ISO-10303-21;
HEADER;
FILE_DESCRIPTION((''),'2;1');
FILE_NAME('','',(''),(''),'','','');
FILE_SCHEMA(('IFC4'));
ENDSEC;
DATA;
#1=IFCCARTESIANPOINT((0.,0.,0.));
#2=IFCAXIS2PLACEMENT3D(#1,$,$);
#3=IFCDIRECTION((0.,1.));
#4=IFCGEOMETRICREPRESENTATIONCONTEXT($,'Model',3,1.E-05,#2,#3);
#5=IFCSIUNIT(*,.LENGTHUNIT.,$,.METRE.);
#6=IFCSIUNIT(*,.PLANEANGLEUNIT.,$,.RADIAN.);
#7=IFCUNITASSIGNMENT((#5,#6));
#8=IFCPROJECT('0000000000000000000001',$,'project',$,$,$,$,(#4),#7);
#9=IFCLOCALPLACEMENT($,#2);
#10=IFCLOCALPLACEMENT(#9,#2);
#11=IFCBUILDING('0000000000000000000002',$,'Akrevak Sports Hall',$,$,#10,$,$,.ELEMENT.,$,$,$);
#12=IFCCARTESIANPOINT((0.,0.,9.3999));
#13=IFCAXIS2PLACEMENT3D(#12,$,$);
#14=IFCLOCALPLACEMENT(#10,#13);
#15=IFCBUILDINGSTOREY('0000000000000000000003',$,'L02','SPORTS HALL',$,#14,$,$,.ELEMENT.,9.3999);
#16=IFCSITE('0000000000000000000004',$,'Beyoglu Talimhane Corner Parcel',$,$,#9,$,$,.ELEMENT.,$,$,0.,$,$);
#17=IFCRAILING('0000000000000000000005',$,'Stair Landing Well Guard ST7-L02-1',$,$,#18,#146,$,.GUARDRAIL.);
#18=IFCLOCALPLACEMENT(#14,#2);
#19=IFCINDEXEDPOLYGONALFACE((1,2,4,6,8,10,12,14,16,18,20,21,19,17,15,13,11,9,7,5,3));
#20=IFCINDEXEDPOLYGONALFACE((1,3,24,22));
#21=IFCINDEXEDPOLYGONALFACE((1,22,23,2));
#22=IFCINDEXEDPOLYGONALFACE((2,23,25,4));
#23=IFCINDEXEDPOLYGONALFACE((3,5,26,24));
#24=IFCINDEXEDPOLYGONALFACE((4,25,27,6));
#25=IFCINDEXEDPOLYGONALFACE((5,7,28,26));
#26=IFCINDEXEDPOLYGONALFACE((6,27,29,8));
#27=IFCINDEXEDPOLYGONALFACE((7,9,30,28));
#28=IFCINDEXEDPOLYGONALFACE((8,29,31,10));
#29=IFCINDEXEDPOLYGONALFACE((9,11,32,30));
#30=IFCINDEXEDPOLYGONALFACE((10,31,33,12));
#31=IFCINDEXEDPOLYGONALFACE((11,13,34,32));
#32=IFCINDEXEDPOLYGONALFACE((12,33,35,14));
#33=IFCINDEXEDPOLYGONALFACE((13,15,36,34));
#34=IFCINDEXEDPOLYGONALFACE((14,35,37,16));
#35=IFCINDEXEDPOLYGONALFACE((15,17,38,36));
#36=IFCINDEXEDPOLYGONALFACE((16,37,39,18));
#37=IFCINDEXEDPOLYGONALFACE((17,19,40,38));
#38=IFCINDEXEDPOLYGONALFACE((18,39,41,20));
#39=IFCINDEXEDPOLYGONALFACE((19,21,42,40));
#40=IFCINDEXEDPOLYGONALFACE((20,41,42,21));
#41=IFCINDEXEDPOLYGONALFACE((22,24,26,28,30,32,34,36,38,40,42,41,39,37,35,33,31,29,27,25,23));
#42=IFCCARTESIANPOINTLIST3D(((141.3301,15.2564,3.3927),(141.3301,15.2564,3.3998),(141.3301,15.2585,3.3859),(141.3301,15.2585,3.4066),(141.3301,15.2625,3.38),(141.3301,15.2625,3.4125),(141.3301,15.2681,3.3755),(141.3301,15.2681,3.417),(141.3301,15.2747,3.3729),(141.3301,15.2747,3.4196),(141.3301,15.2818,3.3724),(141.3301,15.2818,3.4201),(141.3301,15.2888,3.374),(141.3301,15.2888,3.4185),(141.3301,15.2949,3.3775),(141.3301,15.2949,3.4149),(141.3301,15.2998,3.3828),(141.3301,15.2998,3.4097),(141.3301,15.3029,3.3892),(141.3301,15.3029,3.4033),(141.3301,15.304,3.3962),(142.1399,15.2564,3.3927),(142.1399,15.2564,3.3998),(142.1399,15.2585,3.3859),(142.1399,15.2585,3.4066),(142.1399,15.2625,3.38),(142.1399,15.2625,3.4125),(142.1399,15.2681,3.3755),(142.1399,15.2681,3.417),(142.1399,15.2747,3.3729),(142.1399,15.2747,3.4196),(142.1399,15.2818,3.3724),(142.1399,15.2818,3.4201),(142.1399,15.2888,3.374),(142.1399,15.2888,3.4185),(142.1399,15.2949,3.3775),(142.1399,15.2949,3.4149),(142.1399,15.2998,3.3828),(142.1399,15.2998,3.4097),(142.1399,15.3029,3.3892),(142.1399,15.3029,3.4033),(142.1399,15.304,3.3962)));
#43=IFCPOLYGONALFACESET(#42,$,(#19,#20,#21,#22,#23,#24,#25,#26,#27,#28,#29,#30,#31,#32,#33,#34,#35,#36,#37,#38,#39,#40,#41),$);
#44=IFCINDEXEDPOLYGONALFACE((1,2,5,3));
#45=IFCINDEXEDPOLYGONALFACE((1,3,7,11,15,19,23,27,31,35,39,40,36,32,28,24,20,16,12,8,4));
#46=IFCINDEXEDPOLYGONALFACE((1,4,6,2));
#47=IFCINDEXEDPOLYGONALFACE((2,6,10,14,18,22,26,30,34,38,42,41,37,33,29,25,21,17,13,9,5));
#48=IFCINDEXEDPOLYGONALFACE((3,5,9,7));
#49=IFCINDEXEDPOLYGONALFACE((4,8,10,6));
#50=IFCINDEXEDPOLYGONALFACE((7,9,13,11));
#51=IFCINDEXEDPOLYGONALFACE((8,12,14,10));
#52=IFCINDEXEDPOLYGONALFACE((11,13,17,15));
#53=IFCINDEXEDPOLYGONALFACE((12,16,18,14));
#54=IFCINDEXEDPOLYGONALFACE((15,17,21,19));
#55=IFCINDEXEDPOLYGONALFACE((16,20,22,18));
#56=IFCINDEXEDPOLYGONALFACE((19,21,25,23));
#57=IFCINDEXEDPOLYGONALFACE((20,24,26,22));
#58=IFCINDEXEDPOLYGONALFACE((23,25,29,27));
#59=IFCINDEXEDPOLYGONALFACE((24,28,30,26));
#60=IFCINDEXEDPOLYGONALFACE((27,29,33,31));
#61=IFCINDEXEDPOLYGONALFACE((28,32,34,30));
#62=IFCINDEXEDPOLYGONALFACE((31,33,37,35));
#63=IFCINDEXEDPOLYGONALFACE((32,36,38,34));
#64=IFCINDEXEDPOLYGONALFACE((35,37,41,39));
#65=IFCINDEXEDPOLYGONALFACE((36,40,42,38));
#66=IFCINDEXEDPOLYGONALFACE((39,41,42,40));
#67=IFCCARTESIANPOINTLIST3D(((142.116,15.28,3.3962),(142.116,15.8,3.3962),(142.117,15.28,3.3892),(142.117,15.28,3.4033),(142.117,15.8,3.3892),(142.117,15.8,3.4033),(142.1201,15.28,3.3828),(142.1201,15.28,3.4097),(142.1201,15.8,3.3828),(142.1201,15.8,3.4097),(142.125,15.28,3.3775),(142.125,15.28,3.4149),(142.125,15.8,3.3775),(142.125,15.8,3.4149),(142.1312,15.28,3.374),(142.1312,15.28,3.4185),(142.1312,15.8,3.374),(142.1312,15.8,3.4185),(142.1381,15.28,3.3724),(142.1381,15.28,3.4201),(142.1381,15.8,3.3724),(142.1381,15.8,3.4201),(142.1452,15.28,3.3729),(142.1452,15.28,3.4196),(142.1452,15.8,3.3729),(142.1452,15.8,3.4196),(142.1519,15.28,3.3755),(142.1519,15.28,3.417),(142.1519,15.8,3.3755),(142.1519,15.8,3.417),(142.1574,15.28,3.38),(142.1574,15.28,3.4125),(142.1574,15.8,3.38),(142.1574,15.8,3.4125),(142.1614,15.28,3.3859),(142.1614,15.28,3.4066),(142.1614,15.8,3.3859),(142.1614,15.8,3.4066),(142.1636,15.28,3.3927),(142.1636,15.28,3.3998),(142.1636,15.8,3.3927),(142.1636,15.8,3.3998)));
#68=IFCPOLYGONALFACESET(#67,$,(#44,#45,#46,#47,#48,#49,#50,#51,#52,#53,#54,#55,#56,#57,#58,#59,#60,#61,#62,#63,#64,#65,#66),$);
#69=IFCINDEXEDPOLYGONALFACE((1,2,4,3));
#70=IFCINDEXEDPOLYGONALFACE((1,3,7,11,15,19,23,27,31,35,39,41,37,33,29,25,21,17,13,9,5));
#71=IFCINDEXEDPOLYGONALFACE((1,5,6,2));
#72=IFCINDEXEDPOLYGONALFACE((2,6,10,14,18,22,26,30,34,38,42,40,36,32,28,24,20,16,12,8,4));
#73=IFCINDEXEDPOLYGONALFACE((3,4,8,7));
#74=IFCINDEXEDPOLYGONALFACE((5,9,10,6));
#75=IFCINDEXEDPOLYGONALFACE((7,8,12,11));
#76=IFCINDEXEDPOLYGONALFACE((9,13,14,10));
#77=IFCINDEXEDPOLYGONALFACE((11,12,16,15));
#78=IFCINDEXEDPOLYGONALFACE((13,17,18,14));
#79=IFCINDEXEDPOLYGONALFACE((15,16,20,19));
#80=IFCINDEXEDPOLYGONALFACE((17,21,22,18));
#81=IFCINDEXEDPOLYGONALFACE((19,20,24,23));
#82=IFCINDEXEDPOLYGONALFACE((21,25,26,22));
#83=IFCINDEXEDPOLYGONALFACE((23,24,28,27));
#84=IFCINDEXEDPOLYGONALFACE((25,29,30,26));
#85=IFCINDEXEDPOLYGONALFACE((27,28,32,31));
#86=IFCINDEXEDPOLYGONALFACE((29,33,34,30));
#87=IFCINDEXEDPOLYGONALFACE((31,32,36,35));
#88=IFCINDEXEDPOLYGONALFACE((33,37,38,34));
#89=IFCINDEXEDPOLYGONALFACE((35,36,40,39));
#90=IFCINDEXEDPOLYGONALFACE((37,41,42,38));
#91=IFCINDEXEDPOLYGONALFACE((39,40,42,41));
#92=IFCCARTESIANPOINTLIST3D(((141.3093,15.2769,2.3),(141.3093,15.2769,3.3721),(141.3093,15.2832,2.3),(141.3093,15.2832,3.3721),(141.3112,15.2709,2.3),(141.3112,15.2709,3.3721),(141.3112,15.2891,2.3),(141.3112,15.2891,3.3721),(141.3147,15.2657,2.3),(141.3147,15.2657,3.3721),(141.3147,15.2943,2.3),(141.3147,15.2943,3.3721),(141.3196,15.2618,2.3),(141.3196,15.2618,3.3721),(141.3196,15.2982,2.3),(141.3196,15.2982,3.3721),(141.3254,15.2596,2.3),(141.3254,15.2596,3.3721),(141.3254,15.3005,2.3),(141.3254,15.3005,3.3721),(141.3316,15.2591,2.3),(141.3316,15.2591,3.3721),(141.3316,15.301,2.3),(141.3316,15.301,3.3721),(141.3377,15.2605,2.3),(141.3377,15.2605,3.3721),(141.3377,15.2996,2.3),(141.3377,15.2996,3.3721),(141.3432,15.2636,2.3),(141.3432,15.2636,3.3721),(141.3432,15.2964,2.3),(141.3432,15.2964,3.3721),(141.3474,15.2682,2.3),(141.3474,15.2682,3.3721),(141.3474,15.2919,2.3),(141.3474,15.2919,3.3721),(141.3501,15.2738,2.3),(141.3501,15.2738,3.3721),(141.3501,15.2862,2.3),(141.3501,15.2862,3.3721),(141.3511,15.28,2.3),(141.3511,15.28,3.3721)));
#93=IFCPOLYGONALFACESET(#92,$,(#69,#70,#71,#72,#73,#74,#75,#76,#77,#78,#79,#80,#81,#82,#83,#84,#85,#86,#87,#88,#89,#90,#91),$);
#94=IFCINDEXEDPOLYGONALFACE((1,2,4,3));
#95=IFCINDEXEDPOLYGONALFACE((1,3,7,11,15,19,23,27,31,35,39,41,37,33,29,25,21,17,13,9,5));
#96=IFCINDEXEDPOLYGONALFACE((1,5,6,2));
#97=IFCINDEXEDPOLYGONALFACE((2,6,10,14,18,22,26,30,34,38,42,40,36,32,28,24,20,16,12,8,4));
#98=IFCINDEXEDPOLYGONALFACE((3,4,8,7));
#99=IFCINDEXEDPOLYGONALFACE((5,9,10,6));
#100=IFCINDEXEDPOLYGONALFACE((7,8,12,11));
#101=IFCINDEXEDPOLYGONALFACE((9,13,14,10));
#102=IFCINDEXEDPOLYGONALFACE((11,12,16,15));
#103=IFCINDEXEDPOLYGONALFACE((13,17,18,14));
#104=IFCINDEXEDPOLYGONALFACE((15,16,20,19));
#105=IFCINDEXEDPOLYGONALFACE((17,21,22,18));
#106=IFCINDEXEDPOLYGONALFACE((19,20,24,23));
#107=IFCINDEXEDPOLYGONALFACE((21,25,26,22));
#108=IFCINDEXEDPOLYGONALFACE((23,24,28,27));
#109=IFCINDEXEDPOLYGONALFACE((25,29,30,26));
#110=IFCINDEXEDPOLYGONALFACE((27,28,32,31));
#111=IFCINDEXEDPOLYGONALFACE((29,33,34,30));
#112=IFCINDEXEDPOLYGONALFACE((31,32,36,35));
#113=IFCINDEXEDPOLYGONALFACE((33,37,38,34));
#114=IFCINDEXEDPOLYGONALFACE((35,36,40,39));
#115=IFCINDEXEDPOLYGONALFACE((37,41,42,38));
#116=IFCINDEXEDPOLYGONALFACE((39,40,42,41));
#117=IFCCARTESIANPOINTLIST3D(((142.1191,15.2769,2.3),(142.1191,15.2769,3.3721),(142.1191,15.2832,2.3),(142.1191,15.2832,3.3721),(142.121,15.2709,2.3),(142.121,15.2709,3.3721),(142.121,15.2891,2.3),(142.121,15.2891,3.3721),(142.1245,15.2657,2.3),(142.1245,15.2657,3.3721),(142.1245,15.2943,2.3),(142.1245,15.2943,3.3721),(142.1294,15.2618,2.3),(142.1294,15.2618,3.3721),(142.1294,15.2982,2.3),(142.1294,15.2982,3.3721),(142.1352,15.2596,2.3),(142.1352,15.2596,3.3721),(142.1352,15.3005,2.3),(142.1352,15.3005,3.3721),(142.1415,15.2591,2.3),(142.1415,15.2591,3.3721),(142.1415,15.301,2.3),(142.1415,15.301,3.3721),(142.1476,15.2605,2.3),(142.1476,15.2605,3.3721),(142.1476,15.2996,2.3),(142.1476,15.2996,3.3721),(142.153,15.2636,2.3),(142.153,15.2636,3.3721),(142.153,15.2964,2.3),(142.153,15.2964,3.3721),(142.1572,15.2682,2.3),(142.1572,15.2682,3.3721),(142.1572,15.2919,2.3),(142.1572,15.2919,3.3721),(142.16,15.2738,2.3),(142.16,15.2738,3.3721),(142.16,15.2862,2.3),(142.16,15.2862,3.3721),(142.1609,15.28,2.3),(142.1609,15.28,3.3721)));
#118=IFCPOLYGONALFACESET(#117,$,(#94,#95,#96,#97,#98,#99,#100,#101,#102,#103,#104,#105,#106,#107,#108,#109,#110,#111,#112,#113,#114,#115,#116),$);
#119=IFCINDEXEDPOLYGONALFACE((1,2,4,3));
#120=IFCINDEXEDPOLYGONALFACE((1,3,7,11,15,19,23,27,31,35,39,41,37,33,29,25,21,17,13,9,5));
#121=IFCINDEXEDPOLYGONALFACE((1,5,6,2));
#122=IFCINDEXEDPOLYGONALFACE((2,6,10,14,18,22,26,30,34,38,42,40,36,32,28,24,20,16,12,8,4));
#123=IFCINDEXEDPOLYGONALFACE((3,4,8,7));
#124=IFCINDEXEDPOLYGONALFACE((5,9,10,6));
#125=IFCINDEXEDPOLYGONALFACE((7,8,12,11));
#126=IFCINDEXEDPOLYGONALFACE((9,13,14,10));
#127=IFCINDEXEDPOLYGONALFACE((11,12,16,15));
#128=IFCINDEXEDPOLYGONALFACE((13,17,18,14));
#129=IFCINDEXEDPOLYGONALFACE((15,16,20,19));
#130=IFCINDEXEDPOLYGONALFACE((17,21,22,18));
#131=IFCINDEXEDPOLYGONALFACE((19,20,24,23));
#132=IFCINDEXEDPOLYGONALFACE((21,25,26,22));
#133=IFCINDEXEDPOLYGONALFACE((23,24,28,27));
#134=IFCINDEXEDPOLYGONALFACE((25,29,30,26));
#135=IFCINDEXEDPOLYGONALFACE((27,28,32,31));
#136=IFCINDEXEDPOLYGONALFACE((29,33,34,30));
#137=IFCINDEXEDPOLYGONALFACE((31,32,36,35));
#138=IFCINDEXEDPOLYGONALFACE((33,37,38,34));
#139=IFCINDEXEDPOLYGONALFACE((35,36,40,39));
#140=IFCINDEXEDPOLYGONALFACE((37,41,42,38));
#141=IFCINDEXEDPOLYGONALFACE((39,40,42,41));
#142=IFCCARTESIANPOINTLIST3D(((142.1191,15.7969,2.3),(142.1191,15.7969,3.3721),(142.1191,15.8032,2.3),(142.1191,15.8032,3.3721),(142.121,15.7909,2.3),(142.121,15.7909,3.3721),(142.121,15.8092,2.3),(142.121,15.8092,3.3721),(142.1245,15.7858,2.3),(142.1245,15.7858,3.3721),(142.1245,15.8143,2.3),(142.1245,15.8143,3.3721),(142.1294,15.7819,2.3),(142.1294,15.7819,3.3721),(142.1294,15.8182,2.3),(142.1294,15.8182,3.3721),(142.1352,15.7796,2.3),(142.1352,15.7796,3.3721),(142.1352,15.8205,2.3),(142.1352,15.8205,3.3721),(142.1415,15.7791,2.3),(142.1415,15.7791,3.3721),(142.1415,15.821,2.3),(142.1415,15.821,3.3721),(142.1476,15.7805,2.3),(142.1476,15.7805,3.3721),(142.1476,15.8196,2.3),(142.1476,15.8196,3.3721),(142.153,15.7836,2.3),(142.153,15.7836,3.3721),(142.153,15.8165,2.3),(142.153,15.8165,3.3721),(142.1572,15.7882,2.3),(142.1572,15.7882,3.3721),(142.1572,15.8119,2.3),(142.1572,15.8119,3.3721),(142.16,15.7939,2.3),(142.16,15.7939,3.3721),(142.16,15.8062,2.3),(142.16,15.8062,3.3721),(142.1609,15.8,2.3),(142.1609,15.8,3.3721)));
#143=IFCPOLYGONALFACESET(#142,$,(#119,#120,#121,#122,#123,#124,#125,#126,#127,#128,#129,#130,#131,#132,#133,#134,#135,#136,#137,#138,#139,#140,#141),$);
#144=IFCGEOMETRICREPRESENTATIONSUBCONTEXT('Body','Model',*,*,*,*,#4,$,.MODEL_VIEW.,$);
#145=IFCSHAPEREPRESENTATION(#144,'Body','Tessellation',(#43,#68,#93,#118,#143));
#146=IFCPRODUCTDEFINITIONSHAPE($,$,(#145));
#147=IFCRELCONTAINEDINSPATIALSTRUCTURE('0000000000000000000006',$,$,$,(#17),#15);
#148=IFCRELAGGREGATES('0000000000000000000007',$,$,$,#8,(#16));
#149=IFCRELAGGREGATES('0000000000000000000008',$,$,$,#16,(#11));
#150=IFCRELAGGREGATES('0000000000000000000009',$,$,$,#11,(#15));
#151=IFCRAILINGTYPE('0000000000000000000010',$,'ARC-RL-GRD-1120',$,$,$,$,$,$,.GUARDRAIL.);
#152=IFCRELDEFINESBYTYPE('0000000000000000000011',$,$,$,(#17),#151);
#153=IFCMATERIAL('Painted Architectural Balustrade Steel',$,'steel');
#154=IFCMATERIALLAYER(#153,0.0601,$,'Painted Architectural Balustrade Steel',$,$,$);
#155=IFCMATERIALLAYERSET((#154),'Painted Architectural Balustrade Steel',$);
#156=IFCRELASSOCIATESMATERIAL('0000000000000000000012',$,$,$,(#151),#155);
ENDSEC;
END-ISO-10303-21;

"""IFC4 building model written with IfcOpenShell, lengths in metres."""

from ifc_helpers import new_model, si_unit, direction, frame, origin, origin_2d, place, context, subcontext, project, spatial, circle, extrude, material, layer, layer_set, type_object, element, save


model = new_model("IFC4")

# Units and contexts
model_context = context("Model", 3, precision=1e-05, world=origin(), true_north=direction((0.0, 1.0)))
body_context = subcontext(model_context, "Body", "Model", "MODEL_VIEW")
ifc_project = project(units=[si_unit("LENGTHUNIT", "METRE"), si_unit("PLANEANGLEUNIT", "RADIAN")], contexts=[model_context])

# Site, building, storey
site_placement = place(None, origin())
site = spatial("IfcSite", under=ifc_project, at=site_placement, Name="Beyoglu Talimhane Corner Parcel", CompositionType="ELEMENT", RefElevation=0.0)
building_placement = place(site_placement, origin())
building = spatial("IfcBuilding", under=site, at=building_placement, Name="Akrevak Sports Hall", CompositionType="ELEMENT")
storey_placement = place(building_placement, frame((0.0, 0.0, 9.3999)))
storey = spatial("IfcBuildingStorey", under=building, at=storey_placement, Name="L02", Description="SPORTS HALL", CompositionType="ELEMENT", Elevation=9.3999)

# Railing
ifc_material_1 = material(Name="Painted Architectural Balustrade Steel", Category="steel")
ifc_layer_1 = layer(ifc_material_1, 0.0601, Name="Painted Architectural Balustrade Steel")
ifc_layer_set_1 = layer_set([ifc_layer_1], Name="Painted Architectural Balustrade Steel")
railing_type_1 = type_object("IfcRailingType", Name="ARC-RL-GRD-1120", PredefinedType="GUARDRAIL", material=ifc_layer_set_1)
railing_1_placement = place(storey_placement, frame((141.3301, 15.28, 2.3)))
element("IfcRailing", 1, at=railing_1_placement, inside=storey, type_object=railing_type_1, Name="Stair Landing Well Guard ST7-L02-1", PredefinedType="GUARDRAIL", context=body_context, shape_type="SweptSolid", body=[
    extrude(circle(Radius=0.0239, at=origin_2d()), frame((0.0, 0.0, 1.0962), z_axis=(1.0, 0.0, 0.0), x_axis=(0.0, 1.0, 0.0)), (0.0, 0.0, 1.0), 0.8098),
    extrude(circle(Radius=0.0239, at=origin_2d()), frame((0.8098, 0.0, 1.0962), z_axis=(0.0, 1.0, 0.0), x_axis=(-1.0, 0.0, 0.0)), (0.0, 0.0, 1.0), 0.52),
    extrude(circle(Radius=0.021, at=origin_2d()), origin(), (0.0, 0.0, 1.0), 1.072),
    extrude(circle(Radius=0.021, at=origin_2d()), frame((0.8098, 0.0, 0.0)), (0.0, 0.0, 1.0), 1.072),
    extrude(circle(Radius=0.021, at=origin_2d()), frame((0.8098, 0.52, 0.0)), (0.0, 0.0, 1.0), 1.072),
])

save(model, "model.ifc")
